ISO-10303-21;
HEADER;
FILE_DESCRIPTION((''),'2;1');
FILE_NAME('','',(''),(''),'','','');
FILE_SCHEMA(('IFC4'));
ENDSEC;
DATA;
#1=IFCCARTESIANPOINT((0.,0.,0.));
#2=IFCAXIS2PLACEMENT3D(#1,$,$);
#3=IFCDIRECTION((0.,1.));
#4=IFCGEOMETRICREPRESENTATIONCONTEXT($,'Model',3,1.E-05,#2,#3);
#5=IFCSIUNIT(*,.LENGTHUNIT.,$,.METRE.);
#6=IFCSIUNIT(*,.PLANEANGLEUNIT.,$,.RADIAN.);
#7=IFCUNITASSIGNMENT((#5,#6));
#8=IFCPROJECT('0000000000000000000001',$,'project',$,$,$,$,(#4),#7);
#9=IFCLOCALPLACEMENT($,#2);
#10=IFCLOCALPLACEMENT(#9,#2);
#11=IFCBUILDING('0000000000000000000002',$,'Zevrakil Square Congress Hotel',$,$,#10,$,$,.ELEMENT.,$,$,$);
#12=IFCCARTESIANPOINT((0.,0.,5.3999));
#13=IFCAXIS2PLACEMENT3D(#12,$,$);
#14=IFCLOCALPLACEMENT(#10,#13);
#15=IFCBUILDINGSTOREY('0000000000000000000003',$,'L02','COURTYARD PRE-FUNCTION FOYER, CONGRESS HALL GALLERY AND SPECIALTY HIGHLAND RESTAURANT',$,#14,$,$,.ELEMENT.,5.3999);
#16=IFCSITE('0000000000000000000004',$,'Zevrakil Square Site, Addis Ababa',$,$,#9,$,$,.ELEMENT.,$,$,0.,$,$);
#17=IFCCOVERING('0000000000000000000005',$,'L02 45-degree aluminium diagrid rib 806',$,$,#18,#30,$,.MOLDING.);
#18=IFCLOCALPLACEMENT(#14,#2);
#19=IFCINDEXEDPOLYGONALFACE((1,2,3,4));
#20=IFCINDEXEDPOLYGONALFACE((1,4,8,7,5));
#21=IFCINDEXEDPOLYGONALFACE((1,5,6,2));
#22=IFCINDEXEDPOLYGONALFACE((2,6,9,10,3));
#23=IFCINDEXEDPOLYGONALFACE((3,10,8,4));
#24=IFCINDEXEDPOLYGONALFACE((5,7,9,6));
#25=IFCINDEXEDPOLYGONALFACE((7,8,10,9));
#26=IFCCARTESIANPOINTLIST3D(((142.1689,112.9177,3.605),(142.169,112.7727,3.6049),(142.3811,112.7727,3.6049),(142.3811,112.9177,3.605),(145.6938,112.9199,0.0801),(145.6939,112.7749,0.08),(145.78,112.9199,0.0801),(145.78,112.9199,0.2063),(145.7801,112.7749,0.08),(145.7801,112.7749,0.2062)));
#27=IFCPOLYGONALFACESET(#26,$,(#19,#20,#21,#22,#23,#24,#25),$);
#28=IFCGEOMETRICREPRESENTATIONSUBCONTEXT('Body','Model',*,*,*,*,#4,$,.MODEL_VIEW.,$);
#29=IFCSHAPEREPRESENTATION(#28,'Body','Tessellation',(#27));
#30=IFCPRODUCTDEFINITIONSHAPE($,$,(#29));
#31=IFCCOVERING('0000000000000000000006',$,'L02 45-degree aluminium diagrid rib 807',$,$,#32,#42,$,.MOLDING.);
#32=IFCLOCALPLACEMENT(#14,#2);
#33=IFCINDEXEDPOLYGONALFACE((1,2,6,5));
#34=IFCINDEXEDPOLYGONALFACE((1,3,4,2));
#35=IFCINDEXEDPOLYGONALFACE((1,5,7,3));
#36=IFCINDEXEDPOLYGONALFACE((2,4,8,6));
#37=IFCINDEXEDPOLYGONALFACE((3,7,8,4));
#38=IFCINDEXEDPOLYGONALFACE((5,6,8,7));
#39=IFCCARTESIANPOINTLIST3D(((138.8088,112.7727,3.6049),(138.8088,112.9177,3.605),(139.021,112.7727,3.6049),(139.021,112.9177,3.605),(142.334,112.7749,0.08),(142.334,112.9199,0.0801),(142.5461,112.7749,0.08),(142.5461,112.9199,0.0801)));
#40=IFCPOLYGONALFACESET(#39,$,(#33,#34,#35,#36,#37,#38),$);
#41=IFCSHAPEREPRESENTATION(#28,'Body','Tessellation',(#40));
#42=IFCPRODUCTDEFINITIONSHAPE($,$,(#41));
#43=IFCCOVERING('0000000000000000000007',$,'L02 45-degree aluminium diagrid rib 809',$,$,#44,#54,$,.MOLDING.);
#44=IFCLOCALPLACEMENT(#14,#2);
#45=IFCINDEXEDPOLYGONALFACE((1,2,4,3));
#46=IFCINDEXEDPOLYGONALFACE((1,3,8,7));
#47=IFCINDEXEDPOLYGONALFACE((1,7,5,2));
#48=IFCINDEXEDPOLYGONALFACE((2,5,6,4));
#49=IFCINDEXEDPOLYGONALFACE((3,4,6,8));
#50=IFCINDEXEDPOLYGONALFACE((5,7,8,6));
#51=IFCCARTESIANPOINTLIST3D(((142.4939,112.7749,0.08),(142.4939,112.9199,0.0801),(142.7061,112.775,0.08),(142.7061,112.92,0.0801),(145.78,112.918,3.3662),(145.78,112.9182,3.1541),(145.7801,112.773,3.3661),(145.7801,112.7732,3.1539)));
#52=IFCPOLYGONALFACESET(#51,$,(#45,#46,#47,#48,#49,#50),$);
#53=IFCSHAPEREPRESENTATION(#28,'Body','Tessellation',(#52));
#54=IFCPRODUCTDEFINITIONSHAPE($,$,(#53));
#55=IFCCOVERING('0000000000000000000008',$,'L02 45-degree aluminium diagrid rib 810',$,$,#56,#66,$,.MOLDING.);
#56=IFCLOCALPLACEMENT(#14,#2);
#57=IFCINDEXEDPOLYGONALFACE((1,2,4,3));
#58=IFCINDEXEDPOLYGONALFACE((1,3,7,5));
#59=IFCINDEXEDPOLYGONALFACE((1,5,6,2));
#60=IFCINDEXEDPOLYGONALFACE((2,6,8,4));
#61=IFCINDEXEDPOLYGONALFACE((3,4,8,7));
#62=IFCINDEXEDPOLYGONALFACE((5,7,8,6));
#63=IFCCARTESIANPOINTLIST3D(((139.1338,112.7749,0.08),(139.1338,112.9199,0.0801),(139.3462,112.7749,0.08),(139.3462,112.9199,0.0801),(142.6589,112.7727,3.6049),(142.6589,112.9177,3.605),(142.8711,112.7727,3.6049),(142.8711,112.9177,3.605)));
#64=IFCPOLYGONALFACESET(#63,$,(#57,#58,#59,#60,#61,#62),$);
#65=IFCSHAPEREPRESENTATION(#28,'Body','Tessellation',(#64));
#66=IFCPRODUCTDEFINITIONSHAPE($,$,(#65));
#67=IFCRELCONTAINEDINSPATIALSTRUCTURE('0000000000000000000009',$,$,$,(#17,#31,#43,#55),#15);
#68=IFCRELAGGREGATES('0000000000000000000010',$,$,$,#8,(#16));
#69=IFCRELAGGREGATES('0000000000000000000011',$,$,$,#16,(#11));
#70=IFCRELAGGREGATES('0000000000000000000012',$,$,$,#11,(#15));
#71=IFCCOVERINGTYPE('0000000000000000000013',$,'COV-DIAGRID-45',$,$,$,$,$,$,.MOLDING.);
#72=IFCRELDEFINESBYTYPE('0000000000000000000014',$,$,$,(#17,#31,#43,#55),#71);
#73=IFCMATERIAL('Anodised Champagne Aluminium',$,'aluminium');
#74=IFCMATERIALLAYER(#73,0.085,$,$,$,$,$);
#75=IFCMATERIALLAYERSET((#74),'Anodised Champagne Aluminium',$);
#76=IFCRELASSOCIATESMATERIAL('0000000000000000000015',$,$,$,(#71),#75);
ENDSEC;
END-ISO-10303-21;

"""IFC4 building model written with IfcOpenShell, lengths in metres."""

from ifc_helpers import new_model, si_unit, direction, frame, origin, place, context, subcontext, project, spatial, polyline, outline, extrude, material, layer, layer_set, type_object, element, save


model = new_model("IFC4")

# Units and contexts
model_context = context("Model", 3, precision=1e-05, world=origin(), true_north=direction((0.0, 1.0)))
body_context = subcontext(model_context, "Body", "Model", "MODEL_VIEW")
ifc_project = project(units=[si_unit("LENGTHUNIT", "METRE"), si_unit("PLANEANGLEUNIT", "RADIAN")], contexts=[model_context])

# Site, building, storey
site_placement = place(None, origin())
site = spatial("IfcSite", under=ifc_project, at=site_placement, Name="Zevrakil Square Site, Addis Ababa", CompositionType="ELEMENT", RefElevation=0.0)
building_placement = place(site_placement, origin())
building = spatial("IfcBuilding", under=site, at=building_placement, Name="Zevrakil Square Congress Hotel", CompositionType="ELEMENT")
storey_placement = place(building_placement, frame((0.0, 0.0, 5.3999)))
storey = spatial("IfcBuildingStorey", under=building, at=storey_placement, Name="L02", Description="COURTYARD PRE-FUNCTION FOYER, CONGRESS HALL GALLERY AND SPECIALTY HIGHLAND RESTAURANT", CompositionType="ELEMENT", Elevation=5.3999)

# Coverings
ifc_material_1 = material(Name="Anodised Champagne Aluminium", Category="aluminium")
ifc_layer_1 = layer(ifc_material_1, 0.085)
ifc_layer_set_1 = layer_set([ifc_layer_1], Name="Anodised Champagne Aluminium")
covering_type_1 = type_object("IfcCoveringType", Name="COV-DIAGRID-45", PredefinedType="MOLDING", material=ifc_layer_set_1)
covering_1_placement = place(storey_placement, frame((145.6938, 112.9199, 0.0801), z_axis=(-0.000187, 1.0, 0.000443), x_axis=(1.0, 0.000187, 0.0)))
element("IfcCovering", 1, at=covering_1_placement, inside=storey, type_object=covering_type_1, Name="L02 45-degree aluminium diagrid rib 806", PredefinedType="MOLDING", context=body_context, shape_type="SweptSolid", body=[
    extrude(outline(polyline([(0.0, 0.0), (0.0862, 0.0), (0.0862, -0.1262), (-3.3127, -3.5249), (-3.5249, -3.5249), (0.0, 0.0)])), origin(), (0.0, 0.0, -1.0), 0.145),
])
covering_2_placement = place(storey_placement, frame((142.334, 112.9199, 0.0801), z_axis=(0.0, 1.0, 0.000623), x_axis=(1.0, 0.0, 0.0)))
element("IfcCovering", 2, at=covering_2_placement, inside=storey, type_object=covering_type_1, Name="L02 45-degree aluminium diagrid rib 807", PredefinedType="MOLDING", context=body_context, shape_type="SweptSolid", body=[
    extrude(outline(polyline([(0.0, 0.0), (0.2122, 0.0), (-3.313, -3.5249), (-3.5251, -3.5249), (0.0, 0.0)])), origin(), (0.0, 0.0, -1.0), 0.145),
])
covering_3_placement = place(storey_placement, frame((145.78, 112.9182, 3.1541), z_axis=(-0.000287, 1.0, 0.000863), x_axis=(0.0, -0.000863, 1.0)))
element("IfcCovering", 3, at=covering_3_placement, inside=storey, type_object=covering_type_1, Name="L02 45-degree aluminium diagrid rib 809", PredefinedType="MOLDING", context=body_context, shape_type="SweptSolid", body=[
    extrude(outline(polyline([(0.0, 0.0), (0.2122, 0.0), (-3.074, -3.2861), (-3.074, -3.074), (0.0, 0.0)])), origin(), (0.0, 0.0, -1.0), 0.145),
])
covering_4_placement = place(storey_placement, frame((142.8711, 112.9177, 3.605), z_axis=(0.0, 1.0, 0.000623), x_axis=(-1.0, 0.0, 0.0)))
element("IfcCovering", 4, at=covering_4_placement, inside=storey, type_object=covering_type_1, Name="L02 45-degree aluminium diagrid rib 810", PredefinedType="MOLDING", context=body_context, shape_type="SweptSolid", body=[
    extrude(outline(polyline([(0.0, 0.0), (0.2122, 0.0), (3.7373, -3.5249), (3.5249, -3.5249), (0.0, 0.0)])), origin(), (0.0, 0.0, -1.0), 0.145),
])

save(model, "model.ifc")
